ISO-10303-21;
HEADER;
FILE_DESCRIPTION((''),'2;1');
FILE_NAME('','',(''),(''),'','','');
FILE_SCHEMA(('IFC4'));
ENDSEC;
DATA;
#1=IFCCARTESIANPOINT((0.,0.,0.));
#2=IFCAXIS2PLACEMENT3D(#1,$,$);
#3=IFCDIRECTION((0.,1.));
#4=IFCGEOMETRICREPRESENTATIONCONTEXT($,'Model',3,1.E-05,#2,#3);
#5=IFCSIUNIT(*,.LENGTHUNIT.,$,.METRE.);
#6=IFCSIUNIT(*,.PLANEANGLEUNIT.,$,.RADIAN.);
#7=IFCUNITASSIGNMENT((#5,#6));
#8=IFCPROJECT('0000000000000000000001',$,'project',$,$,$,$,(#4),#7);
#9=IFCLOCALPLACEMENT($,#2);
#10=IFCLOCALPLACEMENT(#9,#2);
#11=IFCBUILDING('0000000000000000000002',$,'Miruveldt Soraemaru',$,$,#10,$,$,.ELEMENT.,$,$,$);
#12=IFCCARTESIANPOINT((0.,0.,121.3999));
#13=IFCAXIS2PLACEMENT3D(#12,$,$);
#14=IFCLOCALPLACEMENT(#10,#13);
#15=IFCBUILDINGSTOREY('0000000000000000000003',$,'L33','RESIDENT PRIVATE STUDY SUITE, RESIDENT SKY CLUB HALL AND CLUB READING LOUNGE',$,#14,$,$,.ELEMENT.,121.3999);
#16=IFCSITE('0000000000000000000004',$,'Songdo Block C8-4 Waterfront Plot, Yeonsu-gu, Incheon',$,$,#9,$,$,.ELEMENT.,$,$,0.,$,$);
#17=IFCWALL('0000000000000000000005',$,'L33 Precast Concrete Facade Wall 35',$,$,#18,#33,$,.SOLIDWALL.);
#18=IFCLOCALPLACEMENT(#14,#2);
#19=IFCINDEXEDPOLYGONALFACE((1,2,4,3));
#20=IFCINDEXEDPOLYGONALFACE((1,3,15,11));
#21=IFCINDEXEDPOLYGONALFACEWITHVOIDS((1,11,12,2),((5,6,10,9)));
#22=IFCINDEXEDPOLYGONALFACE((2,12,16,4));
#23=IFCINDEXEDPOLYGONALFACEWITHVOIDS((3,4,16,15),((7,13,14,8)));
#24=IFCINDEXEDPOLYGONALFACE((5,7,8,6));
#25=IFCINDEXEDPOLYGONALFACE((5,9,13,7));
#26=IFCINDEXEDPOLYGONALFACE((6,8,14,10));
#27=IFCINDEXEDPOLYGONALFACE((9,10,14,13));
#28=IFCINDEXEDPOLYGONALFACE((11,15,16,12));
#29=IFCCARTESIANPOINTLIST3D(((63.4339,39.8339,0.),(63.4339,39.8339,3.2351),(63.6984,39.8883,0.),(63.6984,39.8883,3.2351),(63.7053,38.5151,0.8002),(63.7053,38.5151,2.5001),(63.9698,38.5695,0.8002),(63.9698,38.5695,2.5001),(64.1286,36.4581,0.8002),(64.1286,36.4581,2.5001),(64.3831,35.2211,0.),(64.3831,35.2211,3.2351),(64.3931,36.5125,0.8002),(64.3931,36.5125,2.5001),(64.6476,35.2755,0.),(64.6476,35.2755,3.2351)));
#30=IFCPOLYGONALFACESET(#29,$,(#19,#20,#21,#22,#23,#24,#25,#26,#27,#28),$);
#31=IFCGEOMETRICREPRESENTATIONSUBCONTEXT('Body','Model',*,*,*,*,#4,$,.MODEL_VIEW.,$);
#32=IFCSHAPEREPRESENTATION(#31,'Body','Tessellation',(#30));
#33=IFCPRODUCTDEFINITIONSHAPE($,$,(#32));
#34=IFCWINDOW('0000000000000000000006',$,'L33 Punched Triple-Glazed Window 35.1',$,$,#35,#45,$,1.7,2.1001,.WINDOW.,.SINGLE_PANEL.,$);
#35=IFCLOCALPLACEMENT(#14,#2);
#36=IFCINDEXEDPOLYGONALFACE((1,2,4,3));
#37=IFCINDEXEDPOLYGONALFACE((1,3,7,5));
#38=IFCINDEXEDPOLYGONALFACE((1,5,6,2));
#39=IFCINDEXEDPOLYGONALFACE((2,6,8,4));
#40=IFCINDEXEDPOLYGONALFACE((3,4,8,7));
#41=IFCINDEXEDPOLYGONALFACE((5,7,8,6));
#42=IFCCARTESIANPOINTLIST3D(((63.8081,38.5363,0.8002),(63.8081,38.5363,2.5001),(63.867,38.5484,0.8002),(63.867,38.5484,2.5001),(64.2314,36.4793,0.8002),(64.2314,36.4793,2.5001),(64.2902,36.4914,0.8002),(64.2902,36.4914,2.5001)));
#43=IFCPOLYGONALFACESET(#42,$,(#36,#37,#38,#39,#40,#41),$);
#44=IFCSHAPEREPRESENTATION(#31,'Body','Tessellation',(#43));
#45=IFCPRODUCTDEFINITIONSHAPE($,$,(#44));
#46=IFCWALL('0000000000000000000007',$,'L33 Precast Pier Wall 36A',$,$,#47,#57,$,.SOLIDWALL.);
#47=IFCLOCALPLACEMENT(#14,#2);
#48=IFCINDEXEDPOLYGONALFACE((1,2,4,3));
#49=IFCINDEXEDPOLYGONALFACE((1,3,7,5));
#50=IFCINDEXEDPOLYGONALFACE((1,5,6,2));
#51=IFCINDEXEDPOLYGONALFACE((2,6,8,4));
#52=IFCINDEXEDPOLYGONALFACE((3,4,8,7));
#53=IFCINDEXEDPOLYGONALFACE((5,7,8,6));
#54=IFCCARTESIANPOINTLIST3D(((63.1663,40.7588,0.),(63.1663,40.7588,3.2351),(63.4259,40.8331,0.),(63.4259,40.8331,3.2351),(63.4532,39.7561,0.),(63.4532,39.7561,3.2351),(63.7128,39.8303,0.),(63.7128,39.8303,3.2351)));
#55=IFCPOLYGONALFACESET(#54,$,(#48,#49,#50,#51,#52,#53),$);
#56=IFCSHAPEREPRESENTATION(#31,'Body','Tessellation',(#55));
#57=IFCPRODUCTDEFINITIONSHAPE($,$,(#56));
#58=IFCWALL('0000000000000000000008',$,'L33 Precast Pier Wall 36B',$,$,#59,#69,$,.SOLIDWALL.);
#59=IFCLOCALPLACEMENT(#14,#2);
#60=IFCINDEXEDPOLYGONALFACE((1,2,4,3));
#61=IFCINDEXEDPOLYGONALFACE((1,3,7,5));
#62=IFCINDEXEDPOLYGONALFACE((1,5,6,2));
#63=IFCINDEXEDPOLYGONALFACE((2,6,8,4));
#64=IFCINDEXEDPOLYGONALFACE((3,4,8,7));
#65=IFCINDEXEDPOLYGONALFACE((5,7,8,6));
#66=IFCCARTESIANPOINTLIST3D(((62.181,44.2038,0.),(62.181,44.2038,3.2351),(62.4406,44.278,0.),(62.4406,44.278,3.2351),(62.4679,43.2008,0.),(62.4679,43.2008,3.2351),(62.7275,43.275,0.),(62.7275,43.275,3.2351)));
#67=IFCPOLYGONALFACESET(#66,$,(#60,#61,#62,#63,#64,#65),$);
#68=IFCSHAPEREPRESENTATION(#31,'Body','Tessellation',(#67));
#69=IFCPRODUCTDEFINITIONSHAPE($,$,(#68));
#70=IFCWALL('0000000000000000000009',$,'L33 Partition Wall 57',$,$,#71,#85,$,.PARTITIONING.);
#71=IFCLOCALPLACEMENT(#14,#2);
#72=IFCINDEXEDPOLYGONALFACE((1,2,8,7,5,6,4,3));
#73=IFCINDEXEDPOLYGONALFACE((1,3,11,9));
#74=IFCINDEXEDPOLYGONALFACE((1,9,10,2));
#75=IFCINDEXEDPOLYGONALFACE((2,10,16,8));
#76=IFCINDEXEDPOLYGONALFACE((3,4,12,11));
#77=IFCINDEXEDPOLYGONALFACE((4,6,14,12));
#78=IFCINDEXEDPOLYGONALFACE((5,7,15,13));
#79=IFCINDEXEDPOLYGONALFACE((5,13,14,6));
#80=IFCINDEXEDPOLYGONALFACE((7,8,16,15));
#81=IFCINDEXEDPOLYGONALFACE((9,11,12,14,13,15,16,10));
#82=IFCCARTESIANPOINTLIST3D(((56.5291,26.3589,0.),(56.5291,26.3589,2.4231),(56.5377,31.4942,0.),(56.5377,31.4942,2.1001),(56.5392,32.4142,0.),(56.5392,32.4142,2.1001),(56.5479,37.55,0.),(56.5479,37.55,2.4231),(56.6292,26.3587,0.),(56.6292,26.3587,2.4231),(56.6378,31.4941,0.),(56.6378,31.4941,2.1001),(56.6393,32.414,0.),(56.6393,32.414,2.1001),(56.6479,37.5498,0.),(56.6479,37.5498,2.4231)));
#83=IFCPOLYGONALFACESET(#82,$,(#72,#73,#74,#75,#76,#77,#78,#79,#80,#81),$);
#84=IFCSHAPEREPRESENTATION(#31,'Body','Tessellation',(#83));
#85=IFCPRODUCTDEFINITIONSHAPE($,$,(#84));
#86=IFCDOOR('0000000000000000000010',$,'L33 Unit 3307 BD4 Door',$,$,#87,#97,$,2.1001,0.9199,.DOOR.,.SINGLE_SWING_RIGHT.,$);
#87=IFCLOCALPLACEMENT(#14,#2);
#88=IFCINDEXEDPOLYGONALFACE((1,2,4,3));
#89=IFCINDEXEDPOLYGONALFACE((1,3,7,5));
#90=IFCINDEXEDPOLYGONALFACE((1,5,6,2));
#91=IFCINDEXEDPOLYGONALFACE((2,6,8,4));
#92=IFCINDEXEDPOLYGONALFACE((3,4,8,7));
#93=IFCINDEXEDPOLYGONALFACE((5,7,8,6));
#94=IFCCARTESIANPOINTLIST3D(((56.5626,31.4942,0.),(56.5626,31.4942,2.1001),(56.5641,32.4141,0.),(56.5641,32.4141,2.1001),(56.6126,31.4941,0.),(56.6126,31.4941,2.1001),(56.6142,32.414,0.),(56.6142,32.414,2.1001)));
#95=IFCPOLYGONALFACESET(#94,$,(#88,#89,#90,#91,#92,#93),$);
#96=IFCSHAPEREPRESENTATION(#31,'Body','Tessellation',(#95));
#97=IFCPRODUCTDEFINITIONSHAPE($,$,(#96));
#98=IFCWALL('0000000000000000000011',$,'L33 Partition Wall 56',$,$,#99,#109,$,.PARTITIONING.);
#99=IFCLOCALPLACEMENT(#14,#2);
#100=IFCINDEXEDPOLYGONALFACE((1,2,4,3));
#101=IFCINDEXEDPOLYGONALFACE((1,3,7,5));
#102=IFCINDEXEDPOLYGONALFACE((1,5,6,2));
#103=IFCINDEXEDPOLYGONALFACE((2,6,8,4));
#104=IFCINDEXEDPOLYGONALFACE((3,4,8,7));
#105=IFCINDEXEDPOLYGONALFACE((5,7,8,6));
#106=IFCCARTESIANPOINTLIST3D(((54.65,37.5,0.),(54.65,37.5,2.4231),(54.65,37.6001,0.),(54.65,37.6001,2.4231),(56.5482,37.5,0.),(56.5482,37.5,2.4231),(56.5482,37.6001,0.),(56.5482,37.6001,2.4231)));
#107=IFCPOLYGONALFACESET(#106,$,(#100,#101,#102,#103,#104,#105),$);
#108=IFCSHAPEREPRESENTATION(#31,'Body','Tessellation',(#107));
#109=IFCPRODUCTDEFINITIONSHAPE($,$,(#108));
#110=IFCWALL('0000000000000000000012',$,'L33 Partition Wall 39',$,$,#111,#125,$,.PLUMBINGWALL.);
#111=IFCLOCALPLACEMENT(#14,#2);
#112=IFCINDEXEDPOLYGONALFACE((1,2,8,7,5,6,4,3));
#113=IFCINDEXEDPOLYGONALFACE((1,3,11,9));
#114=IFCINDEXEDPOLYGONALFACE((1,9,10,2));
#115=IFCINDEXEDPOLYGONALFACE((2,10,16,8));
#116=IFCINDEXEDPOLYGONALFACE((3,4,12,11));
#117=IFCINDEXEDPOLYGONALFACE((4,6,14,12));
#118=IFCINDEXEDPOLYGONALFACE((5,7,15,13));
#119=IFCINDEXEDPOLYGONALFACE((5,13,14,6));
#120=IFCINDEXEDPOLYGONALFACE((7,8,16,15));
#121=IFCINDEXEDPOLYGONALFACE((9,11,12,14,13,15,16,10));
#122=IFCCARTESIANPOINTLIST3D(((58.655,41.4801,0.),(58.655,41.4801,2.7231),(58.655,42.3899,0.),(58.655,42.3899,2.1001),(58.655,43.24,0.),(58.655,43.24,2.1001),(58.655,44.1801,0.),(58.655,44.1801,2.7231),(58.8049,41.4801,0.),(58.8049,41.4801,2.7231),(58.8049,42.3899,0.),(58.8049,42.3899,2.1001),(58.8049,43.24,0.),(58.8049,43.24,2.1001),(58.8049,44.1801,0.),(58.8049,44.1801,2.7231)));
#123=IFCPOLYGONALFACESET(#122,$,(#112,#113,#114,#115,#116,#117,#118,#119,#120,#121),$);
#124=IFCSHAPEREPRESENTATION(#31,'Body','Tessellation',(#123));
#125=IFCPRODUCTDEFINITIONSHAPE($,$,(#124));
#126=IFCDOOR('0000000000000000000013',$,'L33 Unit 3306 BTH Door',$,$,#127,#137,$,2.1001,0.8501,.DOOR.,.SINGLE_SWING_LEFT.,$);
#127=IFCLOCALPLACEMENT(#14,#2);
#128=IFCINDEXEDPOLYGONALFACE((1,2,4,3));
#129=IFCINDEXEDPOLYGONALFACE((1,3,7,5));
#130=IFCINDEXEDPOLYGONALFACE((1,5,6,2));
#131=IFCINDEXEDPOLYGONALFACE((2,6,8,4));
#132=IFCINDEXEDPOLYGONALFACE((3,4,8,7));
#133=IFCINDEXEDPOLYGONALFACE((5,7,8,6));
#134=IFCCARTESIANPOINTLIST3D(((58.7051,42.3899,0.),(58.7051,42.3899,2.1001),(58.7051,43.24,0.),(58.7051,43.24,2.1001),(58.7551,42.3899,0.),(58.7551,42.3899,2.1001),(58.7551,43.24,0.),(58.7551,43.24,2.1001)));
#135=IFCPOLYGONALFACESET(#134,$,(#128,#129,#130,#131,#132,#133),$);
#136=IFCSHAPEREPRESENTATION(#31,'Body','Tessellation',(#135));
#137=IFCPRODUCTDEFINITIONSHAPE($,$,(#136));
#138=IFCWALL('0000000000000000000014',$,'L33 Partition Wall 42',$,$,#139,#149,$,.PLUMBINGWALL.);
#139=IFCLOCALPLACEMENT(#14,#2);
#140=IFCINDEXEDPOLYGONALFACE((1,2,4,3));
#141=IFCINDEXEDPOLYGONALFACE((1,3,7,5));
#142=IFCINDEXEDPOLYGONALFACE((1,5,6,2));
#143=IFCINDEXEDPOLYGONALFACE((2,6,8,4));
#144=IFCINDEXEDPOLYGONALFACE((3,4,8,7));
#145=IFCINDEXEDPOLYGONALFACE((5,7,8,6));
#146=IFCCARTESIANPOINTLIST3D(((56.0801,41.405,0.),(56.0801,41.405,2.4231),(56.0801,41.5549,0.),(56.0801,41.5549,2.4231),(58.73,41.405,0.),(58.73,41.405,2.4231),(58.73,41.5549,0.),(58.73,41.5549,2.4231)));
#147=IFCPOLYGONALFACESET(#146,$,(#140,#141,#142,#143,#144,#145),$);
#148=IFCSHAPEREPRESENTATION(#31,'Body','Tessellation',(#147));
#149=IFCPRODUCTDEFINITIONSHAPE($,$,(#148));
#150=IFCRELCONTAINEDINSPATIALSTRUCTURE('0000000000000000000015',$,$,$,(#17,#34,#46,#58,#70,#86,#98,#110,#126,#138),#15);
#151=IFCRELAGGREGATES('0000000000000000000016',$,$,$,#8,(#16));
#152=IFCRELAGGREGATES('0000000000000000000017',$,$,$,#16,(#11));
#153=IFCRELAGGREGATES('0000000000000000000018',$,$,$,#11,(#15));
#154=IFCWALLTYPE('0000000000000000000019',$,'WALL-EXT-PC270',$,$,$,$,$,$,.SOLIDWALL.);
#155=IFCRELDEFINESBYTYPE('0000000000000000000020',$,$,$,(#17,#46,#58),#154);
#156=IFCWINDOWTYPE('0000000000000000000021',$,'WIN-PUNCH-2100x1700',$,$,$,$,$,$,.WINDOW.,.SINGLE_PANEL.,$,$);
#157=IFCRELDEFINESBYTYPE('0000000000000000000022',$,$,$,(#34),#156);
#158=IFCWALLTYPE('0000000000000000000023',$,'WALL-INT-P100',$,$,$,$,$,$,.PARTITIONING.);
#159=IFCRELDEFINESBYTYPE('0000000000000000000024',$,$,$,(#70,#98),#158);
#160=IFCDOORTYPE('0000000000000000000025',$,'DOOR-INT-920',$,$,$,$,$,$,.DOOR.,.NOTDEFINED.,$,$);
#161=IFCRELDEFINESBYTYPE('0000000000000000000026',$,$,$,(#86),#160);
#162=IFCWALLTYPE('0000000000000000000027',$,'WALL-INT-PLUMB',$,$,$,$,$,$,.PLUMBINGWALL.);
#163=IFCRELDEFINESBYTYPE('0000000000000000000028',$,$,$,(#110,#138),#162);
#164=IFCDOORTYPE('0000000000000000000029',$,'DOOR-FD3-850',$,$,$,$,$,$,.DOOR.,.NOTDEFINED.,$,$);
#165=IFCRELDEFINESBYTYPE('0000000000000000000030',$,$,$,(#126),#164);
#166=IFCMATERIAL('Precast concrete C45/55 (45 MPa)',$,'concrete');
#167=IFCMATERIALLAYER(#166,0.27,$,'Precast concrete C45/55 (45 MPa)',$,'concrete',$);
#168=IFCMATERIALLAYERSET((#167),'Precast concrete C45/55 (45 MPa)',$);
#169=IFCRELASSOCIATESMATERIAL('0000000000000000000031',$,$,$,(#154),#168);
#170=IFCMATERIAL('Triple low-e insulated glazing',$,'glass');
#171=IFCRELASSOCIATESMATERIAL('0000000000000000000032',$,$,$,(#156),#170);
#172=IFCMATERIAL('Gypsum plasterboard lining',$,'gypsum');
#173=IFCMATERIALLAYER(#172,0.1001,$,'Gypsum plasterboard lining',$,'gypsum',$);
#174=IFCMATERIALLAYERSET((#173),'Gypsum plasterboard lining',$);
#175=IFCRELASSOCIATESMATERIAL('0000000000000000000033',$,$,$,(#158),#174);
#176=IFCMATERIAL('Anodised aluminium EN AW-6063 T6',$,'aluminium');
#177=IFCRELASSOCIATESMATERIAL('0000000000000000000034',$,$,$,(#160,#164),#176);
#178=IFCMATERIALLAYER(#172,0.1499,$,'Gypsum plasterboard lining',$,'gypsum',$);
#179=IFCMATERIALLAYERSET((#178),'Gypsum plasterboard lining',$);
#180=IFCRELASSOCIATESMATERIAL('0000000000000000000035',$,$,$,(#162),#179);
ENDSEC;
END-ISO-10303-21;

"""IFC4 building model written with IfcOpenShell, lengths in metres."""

from ifc_helpers import new_model, si_unit, direction, frame, frame_2d, origin, place, context, subcontext, project, spatial, rectangle, extrude, material, layer, layer_set, type_object, element, fill, save


model = new_model("IFC4")

# Units and contexts
model_context = context("Model", 3, precision=1e-05, world=origin(), true_north=direction((0.0, 1.0)))
body_context = subcontext(model_context, "Body", "Model", "MODEL_VIEW")
ifc_project = project(units=[si_unit("LENGTHUNIT", "METRE"), si_unit("PLANEANGLEUNIT", "RADIAN")], contexts=[model_context])

# Site, building, storey
site_placement = place(None, origin())
site = spatial("IfcSite", under=ifc_project, at=site_placement, Name="Songdo Block C8-4 Waterfront Plot, Yeonsu-gu, Incheon", CompositionType="ELEMENT", RefElevation=0.0)
building_placement = place(site_placement, origin())
building = spatial("IfcBuilding", under=site, at=building_placement, Name="Miruveldt Soraemaru", CompositionType="ELEMENT")
storey_placement = place(building_placement, frame((0.0, 0.0, 121.3999)))
storey = spatial("IfcBuildingStorey", under=building, at=storey_placement, Name="L33", Description="RESIDENT PRIVATE STUDY SUITE, RESIDENT SKY CLUB HALL AND CLUB READING LOUNGE", CompositionType="ELEMENT", Elevation=121.3999)

# Wall, opening, window
ifc_material_1 = material(Name="Triple low-e insulated glazing", Category="glass")
ifc_material_2 = material(Name="Precast concrete C45/55 (45 MPa)", Category="concrete")
ifc_layer_1 = layer(ifc_material_2, 0.27, Name="Precast concrete C45/55 (45 MPa)", Category="concrete")
ifc_layer_set_1 = layer_set([ifc_layer_1], Name="Precast concrete C45/55 (45 MPa)")
wall_type_1 = type_object("IfcWallType", Name="WALL-EXT-PC270", PredefinedType="SOLIDWALL", material=ifc_layer_set_1)
wall_1_placement = place(storey_placement, frame((64.5154, 35.2483, 0.0), z_axis=(0.0, 0.0, 1.0), x_axis=(-0.201556, 0.979477, 0.0)))
wall_1 = element("IfcWall", 1, at=wall_1_placement, inside=storey, type_object=wall_type_1, Name="L33 Precast Concrete Facade Wall 35", PredefinedType="SOLIDWALL", context=body_context, shape_type="SweptSolid", body=[
    extrude(rectangle(XDim=4.7095, YDim=0.27, at=frame_2d((2.3547, 0.0))), origin(), (0.0, 0.0, 1.0), 3.2351),
])
opening_1_placement = place(wall_1_placement, frame((1.2629, 0.0, 0.8)))
opening_1 = element("IfcOpeningElement", 2, at=opening_1_placement, cuts=wall_1, PredefinedType="OPENING", context=body_context, shape_type="SweptSolid", body=[
    extrude(rectangle(XDim=2.1001, YDim=1.7, at=frame_2d((1.05, 0.8501))), frame((0.0, 0.145, 0.0), z_axis=(0.0, -1.0, 0.0), x_axis=(1.0, 0.0, 0.0)), (0.0, 0.0, 1.0), 0.29),
])
window_type_1 = type_object("IfcWindowType", Name="WIN-PUNCH-2100x1700", PartitioningType="SINGLE_PANEL", PredefinedType="WINDOW", material=ifc_material_1)
window_1_placement = place(opening_1_placement, origin())
window_1 = element("IfcWindow", 3, at=window_1_placement, inside=storey, type_object=window_type_1, Name="L33 Punched Triple-Glazed Window 35.1", OverallHeight=1.7, OverallWidth=2.1001, PartitioningType="SINGLE_PANEL", PredefinedType="WINDOW", context=body_context, shape_type="SweptSolid", body=[
    extrude(rectangle(XDim=2.1001, YDim=1.7, at=frame_2d((1.05, 0.8501))), frame((0.0, 0.03, 0.0), z_axis=(0.0, -1.0, 0.0), x_axis=(1.0, 0.0, 0.0)), (0.0, 0.0, 1.0), 0.0601),
])
fill(opening_1, window_1)

# Walls
wall_2_placement = place(storey_placement, frame((63.583, 39.7932, 0.0), z_axis=(0.0, 0.0, 1.0), x_axis=(-0.275061, 0.961427, 0.0)))
element("IfcWall", 4, at=wall_2_placement, inside=storey, type_object=wall_type_1, Name="L33 Precast Pier Wall 36A", PredefinedType="SOLIDWALL", context=body_context, shape_type="SweptSolid", body=[
    extrude(rectangle(XDim=1.043, YDim=0.27, at=frame_2d((0.5215, 0.0))), origin(), (0.0, 0.0, 1.0), 3.2351),
])
wall_3_placement = place(storey_placement, frame((62.5977, 43.238, 0.0), z_axis=(0.0, 0.0, 1.0), x_axis=(-0.274999, 0.961444, 0.0)))
element("IfcWall", 5, at=wall_3_placement, inside=storey, type_object=wall_type_1, Name="L33 Precast Pier Wall 36B", PredefinedType="SOLIDWALL", context=body_context, shape_type="SweptSolid", body=[
    extrude(rectangle(XDim=1.0432, YDim=0.27, at=frame_2d((0.5215, 0.0))), origin(), (0.0, 0.0, 1.0), 3.2351),
])

# Wall, opening, door
ifc_material_3 = material(Name="Gypsum plasterboard lining", Category="gypsum")
ifc_layer_2 = layer(ifc_material_3, 0.1001, Name="Gypsum plasterboard lining", Category="gypsum")
ifc_layer_set_2 = layer_set([ifc_layer_2], Name="Gypsum plasterboard lining")
wall_type_2 = type_object("IfcWallType", Name="WALL-INT-P100", PredefinedType="PARTITIONING", material=ifc_layer_set_2)
wall_4_placement = place(storey_placement, frame((56.5979, 37.55, 0.0), z_axis=(0.0, 0.0, 1.0), x_axis=(-0.00168, -0.999999, 0.0)))
wall_4 = element("IfcWall", 6, at=wall_4_placement, inside=storey, type_object=wall_type_2, Name="L33 Partition Wall 57", PredefinedType="PARTITIONING", context=body_context, shape_type="SweptSolid", body=[
    extrude(rectangle(XDim=11.1912, YDim=0.1001, at=frame_2d((5.5957, 0.0))), origin(), (0.0, 0.0, 1.0), 2.4231),
])
opening_2_placement = place(wall_4_placement, frame((5.136, 0.0, 0.0)))
opening_2 = element("IfcOpeningElement", 7, at=opening_2_placement, cuts=wall_4, PredefinedType="OPENING", context=body_context, shape_type="SweptSolid", body=[
    extrude(rectangle(XDim=0.9199, YDim=2.1001, at=frame_2d((0.46, 1.05))), frame((0.0, 0.0601, 0.0), z_axis=(0.0, -1.0, 0.0), x_axis=(1.0, 0.0, 0.0)), (0.0, 0.0, 1.0), 0.1201),
])
ifc_material_4 = material(Name="Anodised aluminium EN AW-6063 T6", Category="aluminium")
door_type_1 = type_object("IfcDoorType", Name="DOOR-INT-920", OperationType="NOTDEFINED", PredefinedType="DOOR", material=ifc_material_4)
door_1_placement = place(opening_2_placement, origin())
door_1 = element("IfcDoor", 8, at=door_1_placement, inside=storey, type_object=door_type_1, Name="L33 Unit 3307 BD4 Door", OperationType="SINGLE_SWING_RIGHT", OverallHeight=2.1001, OverallWidth=0.9199, PredefinedType="DOOR", context=body_context, shape_type="SweptSolid", body=[
    extrude(rectangle(XDim=0.9199, YDim=2.1001, at=frame_2d((0.46, 1.05))), frame((0.0, 0.0249, 0.0), z_axis=(0.0, -1.0, 0.0), x_axis=(1.0, 0.0, 0.0)), (0.0, 0.0, 1.0), 0.05),
])
fill(opening_2, door_1)

# Wall
wall_5_placement = place(storey_placement, frame((54.6499, 37.55, 0.0), z_axis=(0.0, 0.0, 1.0), x_axis=(1.0, 0.0, 0.0)))
element("IfcWall", 9, at=wall_5_placement, inside=storey, type_object=wall_type_2, Name="L33 Partition Wall 56", PredefinedType="PARTITIONING", context=body_context, shape_type="SweptSolid", body=[
    extrude(rectangle(XDim=1.8982, YDim=0.1001, at=frame_2d((0.9492, 0.0))), origin(), (0.0, 0.0, 1.0), 2.4231),
])

# Wall, opening, door
ifc_layer_3 = layer(ifc_material_3, 0.1499, Name="Gypsum plasterboard lining", Category="gypsum")
ifc_layer_set_3 = layer_set([ifc_layer_3], Name="Gypsum plasterboard lining")
wall_type_3 = type_object("IfcWallType", Name="WALL-INT-PLUMB", PredefinedType="PLUMBINGWALL", material=ifc_layer_set_3)
wall_6_placement = place(storey_placement, frame((58.73, 41.48, 0.0), z_axis=(0.0, 0.0, 1.0), x_axis=(0.0, 1.0, 0.0)))
wall_6 = element("IfcWall", 10, at=wall_6_placement, inside=storey, type_object=wall_type_3, Name="L33 Partition Wall 39", PredefinedType="PLUMBINGWALL", context=body_context, shape_type="SweptSolid", body=[
    extrude(rectangle(XDim=2.7, YDim=0.1499, at=frame_2d((1.3501, 0.0))), origin(), (0.0, 0.0, 1.0), 2.7231),
])
opening_3_placement = place(wall_6_placement, frame((0.9099, 0.0, 0.0)))
opening_3 = element("IfcOpeningElement", 11, at=opening_3_placement, cuts=wall_6, PredefinedType="OPENING", context=body_context, shape_type="SweptSolid", body=[
    extrude(rectangle(XDim=0.8501, YDim=2.1001, at=frame_2d((0.425, 1.05))), frame((0.0, 0.085, 0.0), z_axis=(0.0, -1.0, 0.0), x_axis=(1.0, 0.0, 0.0)), (0.0, 0.0, 1.0), 0.1699),
])
door_type_2 = type_object("IfcDoorType", Name="DOOR-FD3-850", OperationType="NOTDEFINED", PredefinedType="DOOR", material=ifc_material_4)
door_2_placement = place(opening_3_placement, origin())
door_2 = element("IfcDoor", 12, at=door_2_placement, inside=storey, type_object=door_type_2, Name="L33 Unit 3306 BTH Door", OperationType="SINGLE_SWING_LEFT", OverallHeight=2.1001, OverallWidth=0.8501, PredefinedType="DOOR", context=body_context, shape_type="SweptSolid", body=[
    extrude(rectangle(XDim=0.8501, YDim=2.1001, at=frame_2d((0.425, 1.05))), frame((0.0, 0.0249, 0.0), z_axis=(0.0, -1.0, 0.0), x_axis=(1.0, 0.0, 0.0)), (0.0, 0.0, 1.0), 0.05),
])
fill(opening_3, door_2)

# Wall
wall_7_placement = place(storey_placement, frame((56.0801, 41.48, 0.0), z_axis=(0.0, 0.0, 1.0), x_axis=(1.0, 0.0, 0.0)))
element("IfcWall", 13, at=wall_7_placement, inside=storey, type_object=wall_type_3, Name="L33 Partition Wall 42", PredefinedType="PLUMBINGWALL", context=body_context, shape_type="SweptSolid", body=[
    extrude(rectangle(XDim=2.6499, YDim=0.1499, at=frame_2d((1.325, 0.0))), origin(), (0.0, 0.0, 1.0), 2.4231),
])

save(model, "model.ifc")
